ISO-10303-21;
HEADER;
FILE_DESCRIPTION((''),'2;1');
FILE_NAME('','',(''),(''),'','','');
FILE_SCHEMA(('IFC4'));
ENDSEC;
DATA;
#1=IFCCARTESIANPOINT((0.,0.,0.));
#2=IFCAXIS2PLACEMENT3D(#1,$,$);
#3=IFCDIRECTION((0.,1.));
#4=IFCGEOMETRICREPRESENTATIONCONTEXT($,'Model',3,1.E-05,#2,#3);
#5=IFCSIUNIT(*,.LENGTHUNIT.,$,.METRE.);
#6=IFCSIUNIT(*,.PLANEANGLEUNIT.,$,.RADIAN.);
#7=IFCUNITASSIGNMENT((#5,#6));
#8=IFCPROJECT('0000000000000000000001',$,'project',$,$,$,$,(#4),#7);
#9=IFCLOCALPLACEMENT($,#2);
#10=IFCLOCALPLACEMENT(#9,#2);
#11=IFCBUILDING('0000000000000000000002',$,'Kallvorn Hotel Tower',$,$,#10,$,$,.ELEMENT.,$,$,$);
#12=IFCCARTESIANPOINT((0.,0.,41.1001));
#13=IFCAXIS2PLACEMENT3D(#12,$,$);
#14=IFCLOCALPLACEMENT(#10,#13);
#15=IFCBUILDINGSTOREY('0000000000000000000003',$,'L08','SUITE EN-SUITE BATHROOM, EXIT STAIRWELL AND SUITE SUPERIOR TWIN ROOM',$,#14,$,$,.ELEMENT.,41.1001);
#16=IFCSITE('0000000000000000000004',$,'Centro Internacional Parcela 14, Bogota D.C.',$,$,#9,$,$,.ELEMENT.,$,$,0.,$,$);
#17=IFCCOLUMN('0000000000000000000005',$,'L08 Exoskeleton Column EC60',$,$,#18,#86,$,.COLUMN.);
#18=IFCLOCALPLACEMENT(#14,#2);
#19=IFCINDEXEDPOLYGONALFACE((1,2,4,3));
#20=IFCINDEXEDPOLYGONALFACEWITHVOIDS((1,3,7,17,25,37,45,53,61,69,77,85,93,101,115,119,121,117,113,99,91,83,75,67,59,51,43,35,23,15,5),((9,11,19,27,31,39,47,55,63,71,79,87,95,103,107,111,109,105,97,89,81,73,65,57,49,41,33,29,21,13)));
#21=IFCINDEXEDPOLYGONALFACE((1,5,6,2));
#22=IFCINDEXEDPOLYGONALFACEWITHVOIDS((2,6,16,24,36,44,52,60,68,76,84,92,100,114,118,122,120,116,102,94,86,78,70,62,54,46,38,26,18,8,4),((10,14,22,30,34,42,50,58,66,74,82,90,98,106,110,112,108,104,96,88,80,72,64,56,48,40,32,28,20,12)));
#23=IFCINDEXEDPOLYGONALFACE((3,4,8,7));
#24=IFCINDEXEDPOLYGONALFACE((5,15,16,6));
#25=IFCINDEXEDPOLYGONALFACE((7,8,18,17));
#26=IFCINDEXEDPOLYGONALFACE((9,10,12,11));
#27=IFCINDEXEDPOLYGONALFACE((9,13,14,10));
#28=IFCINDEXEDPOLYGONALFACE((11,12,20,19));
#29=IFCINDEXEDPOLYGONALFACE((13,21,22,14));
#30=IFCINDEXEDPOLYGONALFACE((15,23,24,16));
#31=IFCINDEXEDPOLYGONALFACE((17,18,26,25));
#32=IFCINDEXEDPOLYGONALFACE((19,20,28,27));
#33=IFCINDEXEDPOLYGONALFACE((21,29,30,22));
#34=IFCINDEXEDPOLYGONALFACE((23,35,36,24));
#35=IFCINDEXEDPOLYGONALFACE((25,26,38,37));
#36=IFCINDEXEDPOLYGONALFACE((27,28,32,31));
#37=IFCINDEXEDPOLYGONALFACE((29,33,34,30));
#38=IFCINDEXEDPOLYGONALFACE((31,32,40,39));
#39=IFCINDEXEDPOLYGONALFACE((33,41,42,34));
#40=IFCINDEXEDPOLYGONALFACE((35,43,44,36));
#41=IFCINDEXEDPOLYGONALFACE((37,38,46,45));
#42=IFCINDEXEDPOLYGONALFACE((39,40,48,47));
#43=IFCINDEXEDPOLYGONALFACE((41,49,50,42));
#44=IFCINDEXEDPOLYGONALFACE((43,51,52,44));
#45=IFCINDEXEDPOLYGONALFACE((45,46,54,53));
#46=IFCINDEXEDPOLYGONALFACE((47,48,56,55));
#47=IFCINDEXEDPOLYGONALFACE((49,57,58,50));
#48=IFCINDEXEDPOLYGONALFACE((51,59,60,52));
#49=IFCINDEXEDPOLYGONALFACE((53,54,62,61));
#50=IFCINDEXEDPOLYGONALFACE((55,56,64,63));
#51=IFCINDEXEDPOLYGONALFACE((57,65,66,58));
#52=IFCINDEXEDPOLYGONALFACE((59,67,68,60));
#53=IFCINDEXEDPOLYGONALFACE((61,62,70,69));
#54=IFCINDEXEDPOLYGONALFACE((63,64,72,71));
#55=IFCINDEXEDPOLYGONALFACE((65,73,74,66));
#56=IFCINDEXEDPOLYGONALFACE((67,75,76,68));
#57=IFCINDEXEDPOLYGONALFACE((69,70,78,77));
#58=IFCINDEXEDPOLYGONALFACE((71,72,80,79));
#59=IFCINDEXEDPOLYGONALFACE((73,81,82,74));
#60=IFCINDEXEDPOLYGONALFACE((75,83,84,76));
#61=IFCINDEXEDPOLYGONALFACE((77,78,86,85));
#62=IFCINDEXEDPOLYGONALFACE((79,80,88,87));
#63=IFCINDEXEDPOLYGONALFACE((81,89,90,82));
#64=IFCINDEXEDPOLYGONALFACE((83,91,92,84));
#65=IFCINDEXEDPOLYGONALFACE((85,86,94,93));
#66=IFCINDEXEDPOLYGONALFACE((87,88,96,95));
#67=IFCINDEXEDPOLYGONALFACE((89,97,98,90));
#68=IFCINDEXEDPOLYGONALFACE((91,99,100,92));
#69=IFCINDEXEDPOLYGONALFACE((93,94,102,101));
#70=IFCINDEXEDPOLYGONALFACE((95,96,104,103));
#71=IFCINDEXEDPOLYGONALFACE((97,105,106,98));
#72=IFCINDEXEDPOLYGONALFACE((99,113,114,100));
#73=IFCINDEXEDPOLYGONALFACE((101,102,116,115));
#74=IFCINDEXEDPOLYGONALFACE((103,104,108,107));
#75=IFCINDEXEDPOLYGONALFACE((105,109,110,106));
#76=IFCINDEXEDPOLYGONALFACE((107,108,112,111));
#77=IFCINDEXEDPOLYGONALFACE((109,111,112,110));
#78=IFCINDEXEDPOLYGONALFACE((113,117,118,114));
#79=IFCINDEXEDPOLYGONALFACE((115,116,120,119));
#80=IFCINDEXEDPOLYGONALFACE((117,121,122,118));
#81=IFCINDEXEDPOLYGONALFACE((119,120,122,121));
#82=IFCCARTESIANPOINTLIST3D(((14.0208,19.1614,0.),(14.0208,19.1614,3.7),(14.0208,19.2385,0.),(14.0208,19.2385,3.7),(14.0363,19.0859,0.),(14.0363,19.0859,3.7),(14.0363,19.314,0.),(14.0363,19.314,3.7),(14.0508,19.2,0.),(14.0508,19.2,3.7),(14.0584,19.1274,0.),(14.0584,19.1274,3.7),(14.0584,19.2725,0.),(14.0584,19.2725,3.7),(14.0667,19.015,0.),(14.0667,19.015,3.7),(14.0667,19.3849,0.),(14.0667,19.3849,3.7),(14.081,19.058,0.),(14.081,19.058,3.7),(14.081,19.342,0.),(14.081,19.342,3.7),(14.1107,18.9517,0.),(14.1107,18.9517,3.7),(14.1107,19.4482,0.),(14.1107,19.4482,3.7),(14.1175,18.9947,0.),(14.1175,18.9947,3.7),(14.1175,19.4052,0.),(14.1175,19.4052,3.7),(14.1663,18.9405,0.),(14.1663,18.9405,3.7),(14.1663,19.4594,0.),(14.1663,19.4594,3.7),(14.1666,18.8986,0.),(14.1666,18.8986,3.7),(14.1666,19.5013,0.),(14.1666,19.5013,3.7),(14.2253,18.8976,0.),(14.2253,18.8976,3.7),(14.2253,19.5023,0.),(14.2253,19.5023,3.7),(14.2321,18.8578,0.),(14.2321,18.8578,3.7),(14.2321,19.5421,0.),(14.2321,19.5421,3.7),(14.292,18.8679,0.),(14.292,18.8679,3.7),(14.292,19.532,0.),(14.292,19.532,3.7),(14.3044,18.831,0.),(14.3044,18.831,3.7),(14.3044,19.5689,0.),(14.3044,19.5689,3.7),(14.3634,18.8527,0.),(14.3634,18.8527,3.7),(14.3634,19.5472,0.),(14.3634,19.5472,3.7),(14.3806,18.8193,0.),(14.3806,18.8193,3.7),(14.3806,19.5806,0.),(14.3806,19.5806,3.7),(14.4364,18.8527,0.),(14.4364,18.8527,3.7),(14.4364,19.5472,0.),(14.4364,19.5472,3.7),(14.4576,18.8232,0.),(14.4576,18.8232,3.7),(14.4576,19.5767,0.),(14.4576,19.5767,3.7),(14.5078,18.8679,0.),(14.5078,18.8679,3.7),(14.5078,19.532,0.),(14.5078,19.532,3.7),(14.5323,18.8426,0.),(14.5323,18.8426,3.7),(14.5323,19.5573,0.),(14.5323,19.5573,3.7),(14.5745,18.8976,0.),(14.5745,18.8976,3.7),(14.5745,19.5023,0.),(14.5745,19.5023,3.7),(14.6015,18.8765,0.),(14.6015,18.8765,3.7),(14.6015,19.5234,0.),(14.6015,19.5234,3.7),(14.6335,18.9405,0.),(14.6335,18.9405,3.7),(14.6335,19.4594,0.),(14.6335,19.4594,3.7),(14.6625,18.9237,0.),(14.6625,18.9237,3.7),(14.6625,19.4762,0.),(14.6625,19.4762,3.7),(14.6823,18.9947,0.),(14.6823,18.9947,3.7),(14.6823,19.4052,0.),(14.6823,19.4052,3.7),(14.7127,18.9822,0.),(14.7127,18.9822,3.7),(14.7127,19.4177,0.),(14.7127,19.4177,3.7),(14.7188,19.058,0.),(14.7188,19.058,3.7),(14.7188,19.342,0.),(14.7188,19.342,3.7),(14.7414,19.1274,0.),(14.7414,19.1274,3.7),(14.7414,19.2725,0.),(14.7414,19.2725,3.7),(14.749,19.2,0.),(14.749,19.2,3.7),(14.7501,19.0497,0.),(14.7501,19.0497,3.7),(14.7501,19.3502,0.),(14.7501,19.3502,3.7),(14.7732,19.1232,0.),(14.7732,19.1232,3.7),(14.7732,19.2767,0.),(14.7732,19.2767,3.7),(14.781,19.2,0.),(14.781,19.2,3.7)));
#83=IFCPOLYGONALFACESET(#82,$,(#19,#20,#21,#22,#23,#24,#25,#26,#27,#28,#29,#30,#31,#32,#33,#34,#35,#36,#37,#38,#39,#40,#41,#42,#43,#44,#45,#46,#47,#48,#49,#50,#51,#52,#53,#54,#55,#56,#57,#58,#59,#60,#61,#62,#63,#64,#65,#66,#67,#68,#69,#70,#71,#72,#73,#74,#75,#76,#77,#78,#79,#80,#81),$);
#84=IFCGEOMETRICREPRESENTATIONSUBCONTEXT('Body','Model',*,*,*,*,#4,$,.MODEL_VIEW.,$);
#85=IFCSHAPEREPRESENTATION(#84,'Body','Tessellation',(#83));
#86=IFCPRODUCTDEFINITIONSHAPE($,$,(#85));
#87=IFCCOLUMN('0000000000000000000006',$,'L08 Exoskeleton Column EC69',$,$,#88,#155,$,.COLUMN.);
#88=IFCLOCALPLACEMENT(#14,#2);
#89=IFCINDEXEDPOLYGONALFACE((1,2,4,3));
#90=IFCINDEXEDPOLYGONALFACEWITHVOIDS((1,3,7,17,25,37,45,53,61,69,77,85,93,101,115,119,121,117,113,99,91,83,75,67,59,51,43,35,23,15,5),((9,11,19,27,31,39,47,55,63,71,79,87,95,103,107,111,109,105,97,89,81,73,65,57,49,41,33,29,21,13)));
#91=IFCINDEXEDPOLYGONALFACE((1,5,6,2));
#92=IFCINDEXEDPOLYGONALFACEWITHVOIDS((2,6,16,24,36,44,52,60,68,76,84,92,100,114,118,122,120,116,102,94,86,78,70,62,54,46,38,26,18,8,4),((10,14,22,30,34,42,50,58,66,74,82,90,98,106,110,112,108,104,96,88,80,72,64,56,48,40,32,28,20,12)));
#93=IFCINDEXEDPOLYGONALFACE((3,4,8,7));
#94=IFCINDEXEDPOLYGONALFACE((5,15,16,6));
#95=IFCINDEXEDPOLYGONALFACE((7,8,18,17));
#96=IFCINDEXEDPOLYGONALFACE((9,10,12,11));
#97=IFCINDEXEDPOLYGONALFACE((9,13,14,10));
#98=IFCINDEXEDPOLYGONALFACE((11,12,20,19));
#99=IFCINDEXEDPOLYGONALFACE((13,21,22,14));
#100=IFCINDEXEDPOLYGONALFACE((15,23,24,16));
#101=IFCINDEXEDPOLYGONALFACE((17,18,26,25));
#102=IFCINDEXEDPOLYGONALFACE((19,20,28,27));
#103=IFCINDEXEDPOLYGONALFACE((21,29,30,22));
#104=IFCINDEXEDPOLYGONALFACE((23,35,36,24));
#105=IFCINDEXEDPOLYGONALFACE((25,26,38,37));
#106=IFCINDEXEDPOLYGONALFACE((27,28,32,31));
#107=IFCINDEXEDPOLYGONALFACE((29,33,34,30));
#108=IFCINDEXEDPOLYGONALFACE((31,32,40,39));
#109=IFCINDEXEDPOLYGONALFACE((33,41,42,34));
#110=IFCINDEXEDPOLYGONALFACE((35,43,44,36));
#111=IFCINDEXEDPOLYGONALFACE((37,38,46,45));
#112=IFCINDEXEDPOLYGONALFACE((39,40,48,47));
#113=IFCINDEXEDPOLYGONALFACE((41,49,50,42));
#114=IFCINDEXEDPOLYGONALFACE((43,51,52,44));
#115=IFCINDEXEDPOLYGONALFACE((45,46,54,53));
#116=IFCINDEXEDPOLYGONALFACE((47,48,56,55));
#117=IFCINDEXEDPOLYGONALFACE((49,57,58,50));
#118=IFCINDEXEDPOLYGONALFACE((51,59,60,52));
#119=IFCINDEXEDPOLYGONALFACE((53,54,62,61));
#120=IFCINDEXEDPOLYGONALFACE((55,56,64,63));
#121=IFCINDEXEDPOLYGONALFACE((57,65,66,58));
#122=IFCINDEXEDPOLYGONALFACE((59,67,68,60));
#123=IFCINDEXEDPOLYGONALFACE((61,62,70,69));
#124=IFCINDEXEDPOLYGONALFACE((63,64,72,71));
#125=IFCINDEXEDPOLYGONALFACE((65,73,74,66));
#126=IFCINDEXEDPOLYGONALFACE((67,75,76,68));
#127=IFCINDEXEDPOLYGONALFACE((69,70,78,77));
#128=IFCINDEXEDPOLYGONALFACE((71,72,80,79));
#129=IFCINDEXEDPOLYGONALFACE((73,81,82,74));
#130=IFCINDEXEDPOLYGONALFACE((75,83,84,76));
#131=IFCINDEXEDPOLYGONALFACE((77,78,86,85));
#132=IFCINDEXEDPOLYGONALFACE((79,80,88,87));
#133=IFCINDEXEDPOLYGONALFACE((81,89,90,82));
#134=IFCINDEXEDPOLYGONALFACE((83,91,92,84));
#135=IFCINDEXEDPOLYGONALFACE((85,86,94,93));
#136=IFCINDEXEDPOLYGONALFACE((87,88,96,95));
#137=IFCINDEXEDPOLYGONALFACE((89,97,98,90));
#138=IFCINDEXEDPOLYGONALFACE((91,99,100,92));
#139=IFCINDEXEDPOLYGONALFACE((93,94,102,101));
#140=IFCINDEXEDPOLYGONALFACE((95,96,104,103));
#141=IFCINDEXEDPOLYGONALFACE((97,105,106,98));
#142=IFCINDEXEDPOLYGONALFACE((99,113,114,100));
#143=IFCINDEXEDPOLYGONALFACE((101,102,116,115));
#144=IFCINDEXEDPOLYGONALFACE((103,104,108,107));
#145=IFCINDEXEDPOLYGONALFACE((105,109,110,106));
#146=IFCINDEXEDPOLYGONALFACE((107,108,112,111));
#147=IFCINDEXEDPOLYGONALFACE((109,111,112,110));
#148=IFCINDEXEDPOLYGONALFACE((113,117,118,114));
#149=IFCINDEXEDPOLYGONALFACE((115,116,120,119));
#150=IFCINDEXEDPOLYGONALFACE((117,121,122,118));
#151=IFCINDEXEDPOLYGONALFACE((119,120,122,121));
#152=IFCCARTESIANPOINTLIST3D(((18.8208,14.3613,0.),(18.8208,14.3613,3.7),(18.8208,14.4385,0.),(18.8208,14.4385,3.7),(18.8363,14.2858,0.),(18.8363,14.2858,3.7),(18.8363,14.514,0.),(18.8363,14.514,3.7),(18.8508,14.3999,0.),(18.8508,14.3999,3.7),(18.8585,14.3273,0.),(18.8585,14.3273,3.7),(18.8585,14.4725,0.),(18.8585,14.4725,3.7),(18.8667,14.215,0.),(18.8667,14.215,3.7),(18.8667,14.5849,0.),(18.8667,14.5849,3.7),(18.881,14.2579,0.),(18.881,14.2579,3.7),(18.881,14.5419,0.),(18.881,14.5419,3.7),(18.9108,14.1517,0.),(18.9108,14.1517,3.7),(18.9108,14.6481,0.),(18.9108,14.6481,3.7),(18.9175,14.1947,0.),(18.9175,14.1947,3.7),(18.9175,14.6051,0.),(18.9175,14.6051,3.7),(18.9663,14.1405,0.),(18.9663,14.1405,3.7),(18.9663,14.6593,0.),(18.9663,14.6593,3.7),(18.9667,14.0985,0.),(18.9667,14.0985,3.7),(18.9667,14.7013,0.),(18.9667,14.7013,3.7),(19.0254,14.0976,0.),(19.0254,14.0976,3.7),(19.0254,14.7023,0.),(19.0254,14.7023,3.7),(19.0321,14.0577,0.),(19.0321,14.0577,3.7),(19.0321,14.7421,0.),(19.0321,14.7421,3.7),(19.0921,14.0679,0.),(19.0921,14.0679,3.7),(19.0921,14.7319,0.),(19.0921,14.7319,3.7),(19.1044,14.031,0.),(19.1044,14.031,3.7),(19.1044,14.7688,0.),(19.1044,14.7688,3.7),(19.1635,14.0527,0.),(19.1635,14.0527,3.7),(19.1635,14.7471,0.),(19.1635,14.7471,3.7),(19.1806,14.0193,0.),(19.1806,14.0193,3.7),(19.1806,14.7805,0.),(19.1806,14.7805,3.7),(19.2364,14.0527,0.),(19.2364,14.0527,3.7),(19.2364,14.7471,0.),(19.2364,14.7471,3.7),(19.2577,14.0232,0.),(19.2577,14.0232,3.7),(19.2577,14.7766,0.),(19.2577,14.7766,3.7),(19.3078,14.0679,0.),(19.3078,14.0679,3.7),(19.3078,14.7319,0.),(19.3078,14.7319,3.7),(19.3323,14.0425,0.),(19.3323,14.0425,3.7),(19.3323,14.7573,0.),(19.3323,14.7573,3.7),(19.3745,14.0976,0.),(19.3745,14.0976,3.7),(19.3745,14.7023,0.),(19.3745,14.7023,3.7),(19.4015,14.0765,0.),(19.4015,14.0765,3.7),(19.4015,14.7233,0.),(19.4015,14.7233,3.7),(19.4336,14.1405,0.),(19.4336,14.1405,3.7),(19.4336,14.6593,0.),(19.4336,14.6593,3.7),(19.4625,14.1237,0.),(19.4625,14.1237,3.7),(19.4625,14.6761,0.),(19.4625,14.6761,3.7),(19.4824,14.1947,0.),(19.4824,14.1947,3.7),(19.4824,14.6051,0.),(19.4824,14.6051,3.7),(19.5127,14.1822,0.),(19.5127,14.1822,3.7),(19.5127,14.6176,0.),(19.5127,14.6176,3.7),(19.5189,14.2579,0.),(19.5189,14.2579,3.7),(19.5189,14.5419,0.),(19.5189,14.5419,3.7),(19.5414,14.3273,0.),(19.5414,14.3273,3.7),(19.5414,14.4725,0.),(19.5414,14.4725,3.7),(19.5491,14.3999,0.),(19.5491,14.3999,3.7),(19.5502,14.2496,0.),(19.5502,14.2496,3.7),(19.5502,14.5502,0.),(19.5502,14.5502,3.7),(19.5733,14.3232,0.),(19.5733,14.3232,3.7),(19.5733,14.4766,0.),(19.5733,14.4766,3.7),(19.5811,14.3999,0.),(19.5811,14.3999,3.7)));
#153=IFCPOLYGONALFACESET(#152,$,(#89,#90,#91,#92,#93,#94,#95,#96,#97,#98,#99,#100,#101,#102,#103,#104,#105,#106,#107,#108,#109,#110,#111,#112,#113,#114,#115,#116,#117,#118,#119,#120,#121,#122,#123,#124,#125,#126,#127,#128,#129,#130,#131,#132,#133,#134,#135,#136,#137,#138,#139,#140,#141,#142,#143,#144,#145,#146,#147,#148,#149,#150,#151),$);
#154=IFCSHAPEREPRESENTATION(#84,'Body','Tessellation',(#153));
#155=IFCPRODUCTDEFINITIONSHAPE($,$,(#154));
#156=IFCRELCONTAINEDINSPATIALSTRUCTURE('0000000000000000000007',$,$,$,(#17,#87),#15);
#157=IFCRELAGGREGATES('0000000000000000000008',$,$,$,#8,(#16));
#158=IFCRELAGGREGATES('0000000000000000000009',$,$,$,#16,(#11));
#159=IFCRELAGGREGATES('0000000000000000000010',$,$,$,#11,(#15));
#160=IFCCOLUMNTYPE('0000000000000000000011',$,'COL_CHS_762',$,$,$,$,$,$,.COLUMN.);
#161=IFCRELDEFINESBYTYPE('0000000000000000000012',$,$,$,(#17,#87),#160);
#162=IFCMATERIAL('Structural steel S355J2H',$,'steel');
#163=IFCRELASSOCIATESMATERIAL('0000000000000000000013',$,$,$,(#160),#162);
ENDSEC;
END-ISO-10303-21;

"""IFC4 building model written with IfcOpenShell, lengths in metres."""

from ifc_helpers import new_model, si_unit, direction, frame, origin, origin_2d, place, context, subcontext, project, spatial, hollow_circle, extrude, material, material_profile, profile_set, type_object, element, save


model = new_model("IFC4")

# Units and contexts
model_context = context("Model", 3, precision=1e-05, world=origin(), true_north=direction((0.0, 1.0)))
body_context = subcontext(model_context, "Body", "Model", "MODEL_VIEW")
ifc_project = project(units=[si_unit("LENGTHUNIT", "METRE"), si_unit("PLANEANGLEUNIT", "RADIAN")], contexts=[model_context])

# Site, building, storey
site_placement = place(None, origin())
site = spatial("IfcSite", under=ifc_project, at=site_placement, Name="Centro Internacional Parcela 14, Bogota D.C.", CompositionType="ELEMENT", RefElevation=0.0)
building_placement = place(site_placement, origin())
building = spatial("IfcBuilding", under=site, at=building_placement, Name="Kallvorn Hotel Tower", CompositionType="ELEMENT")
storey_placement = place(building_placement, frame((0.0, 0.0, 41.1001)))
storey = spatial("IfcBuildingStorey", under=building, at=storey_placement, Name="L08", Description="SUITE EN-SUITE BATHROOM, EXIT STAIRWELL AND SUITE SUPERIOR TWIN ROOM", CompositionType="ELEMENT", Elevation=41.1001)

# Columns
ifc_material_1 = material(Name="Structural steel S355J2H", Category="steel")
ifc_material_profile_1 = material_profile(ifc_material_1, hollow_circle(Radius=0.3811, WallThickness=0.032, at=origin_2d()), Name="CHS 762x32")
ifc_profile_set_1 = profile_set([ifc_material_profile_1], Name="Structural steel S355J2H")
column_type_1 = type_object("IfcColumnType", Name="COL_CHS_762", PredefinedType="COLUMN", material=ifc_profile_set_1)
for number, where, z_axis, x_axis, name in (
    (1, (14.3999, 19.2, 0.0), (0.0, 0.0, 1.0), (1.0, 0.0, 0.0), "L08 Exoskeleton Column EC60"),
    (2, (19.2, 14.3999, 0.0), (0.0, 0.0, 1.0), (1.0, 0.0, 0.0), "L08 Exoskeleton Column EC69"),
):
    element("IfcColumn", number, at=place(storey_placement, frame(where, z_axis=z_axis, x_axis=x_axis)), inside=storey, type_object=column_type_1, Name=name, PredefinedType="COLUMN", context=body_context, shape_type="SweptSolid", body=[
        extrude(hollow_circle(Radius=0.3811, WallThickness=0.032, at=origin_2d()), origin(), (0.0, 0.0, 1.0), 3.7),
    ])

save(model, "model.ifc")
